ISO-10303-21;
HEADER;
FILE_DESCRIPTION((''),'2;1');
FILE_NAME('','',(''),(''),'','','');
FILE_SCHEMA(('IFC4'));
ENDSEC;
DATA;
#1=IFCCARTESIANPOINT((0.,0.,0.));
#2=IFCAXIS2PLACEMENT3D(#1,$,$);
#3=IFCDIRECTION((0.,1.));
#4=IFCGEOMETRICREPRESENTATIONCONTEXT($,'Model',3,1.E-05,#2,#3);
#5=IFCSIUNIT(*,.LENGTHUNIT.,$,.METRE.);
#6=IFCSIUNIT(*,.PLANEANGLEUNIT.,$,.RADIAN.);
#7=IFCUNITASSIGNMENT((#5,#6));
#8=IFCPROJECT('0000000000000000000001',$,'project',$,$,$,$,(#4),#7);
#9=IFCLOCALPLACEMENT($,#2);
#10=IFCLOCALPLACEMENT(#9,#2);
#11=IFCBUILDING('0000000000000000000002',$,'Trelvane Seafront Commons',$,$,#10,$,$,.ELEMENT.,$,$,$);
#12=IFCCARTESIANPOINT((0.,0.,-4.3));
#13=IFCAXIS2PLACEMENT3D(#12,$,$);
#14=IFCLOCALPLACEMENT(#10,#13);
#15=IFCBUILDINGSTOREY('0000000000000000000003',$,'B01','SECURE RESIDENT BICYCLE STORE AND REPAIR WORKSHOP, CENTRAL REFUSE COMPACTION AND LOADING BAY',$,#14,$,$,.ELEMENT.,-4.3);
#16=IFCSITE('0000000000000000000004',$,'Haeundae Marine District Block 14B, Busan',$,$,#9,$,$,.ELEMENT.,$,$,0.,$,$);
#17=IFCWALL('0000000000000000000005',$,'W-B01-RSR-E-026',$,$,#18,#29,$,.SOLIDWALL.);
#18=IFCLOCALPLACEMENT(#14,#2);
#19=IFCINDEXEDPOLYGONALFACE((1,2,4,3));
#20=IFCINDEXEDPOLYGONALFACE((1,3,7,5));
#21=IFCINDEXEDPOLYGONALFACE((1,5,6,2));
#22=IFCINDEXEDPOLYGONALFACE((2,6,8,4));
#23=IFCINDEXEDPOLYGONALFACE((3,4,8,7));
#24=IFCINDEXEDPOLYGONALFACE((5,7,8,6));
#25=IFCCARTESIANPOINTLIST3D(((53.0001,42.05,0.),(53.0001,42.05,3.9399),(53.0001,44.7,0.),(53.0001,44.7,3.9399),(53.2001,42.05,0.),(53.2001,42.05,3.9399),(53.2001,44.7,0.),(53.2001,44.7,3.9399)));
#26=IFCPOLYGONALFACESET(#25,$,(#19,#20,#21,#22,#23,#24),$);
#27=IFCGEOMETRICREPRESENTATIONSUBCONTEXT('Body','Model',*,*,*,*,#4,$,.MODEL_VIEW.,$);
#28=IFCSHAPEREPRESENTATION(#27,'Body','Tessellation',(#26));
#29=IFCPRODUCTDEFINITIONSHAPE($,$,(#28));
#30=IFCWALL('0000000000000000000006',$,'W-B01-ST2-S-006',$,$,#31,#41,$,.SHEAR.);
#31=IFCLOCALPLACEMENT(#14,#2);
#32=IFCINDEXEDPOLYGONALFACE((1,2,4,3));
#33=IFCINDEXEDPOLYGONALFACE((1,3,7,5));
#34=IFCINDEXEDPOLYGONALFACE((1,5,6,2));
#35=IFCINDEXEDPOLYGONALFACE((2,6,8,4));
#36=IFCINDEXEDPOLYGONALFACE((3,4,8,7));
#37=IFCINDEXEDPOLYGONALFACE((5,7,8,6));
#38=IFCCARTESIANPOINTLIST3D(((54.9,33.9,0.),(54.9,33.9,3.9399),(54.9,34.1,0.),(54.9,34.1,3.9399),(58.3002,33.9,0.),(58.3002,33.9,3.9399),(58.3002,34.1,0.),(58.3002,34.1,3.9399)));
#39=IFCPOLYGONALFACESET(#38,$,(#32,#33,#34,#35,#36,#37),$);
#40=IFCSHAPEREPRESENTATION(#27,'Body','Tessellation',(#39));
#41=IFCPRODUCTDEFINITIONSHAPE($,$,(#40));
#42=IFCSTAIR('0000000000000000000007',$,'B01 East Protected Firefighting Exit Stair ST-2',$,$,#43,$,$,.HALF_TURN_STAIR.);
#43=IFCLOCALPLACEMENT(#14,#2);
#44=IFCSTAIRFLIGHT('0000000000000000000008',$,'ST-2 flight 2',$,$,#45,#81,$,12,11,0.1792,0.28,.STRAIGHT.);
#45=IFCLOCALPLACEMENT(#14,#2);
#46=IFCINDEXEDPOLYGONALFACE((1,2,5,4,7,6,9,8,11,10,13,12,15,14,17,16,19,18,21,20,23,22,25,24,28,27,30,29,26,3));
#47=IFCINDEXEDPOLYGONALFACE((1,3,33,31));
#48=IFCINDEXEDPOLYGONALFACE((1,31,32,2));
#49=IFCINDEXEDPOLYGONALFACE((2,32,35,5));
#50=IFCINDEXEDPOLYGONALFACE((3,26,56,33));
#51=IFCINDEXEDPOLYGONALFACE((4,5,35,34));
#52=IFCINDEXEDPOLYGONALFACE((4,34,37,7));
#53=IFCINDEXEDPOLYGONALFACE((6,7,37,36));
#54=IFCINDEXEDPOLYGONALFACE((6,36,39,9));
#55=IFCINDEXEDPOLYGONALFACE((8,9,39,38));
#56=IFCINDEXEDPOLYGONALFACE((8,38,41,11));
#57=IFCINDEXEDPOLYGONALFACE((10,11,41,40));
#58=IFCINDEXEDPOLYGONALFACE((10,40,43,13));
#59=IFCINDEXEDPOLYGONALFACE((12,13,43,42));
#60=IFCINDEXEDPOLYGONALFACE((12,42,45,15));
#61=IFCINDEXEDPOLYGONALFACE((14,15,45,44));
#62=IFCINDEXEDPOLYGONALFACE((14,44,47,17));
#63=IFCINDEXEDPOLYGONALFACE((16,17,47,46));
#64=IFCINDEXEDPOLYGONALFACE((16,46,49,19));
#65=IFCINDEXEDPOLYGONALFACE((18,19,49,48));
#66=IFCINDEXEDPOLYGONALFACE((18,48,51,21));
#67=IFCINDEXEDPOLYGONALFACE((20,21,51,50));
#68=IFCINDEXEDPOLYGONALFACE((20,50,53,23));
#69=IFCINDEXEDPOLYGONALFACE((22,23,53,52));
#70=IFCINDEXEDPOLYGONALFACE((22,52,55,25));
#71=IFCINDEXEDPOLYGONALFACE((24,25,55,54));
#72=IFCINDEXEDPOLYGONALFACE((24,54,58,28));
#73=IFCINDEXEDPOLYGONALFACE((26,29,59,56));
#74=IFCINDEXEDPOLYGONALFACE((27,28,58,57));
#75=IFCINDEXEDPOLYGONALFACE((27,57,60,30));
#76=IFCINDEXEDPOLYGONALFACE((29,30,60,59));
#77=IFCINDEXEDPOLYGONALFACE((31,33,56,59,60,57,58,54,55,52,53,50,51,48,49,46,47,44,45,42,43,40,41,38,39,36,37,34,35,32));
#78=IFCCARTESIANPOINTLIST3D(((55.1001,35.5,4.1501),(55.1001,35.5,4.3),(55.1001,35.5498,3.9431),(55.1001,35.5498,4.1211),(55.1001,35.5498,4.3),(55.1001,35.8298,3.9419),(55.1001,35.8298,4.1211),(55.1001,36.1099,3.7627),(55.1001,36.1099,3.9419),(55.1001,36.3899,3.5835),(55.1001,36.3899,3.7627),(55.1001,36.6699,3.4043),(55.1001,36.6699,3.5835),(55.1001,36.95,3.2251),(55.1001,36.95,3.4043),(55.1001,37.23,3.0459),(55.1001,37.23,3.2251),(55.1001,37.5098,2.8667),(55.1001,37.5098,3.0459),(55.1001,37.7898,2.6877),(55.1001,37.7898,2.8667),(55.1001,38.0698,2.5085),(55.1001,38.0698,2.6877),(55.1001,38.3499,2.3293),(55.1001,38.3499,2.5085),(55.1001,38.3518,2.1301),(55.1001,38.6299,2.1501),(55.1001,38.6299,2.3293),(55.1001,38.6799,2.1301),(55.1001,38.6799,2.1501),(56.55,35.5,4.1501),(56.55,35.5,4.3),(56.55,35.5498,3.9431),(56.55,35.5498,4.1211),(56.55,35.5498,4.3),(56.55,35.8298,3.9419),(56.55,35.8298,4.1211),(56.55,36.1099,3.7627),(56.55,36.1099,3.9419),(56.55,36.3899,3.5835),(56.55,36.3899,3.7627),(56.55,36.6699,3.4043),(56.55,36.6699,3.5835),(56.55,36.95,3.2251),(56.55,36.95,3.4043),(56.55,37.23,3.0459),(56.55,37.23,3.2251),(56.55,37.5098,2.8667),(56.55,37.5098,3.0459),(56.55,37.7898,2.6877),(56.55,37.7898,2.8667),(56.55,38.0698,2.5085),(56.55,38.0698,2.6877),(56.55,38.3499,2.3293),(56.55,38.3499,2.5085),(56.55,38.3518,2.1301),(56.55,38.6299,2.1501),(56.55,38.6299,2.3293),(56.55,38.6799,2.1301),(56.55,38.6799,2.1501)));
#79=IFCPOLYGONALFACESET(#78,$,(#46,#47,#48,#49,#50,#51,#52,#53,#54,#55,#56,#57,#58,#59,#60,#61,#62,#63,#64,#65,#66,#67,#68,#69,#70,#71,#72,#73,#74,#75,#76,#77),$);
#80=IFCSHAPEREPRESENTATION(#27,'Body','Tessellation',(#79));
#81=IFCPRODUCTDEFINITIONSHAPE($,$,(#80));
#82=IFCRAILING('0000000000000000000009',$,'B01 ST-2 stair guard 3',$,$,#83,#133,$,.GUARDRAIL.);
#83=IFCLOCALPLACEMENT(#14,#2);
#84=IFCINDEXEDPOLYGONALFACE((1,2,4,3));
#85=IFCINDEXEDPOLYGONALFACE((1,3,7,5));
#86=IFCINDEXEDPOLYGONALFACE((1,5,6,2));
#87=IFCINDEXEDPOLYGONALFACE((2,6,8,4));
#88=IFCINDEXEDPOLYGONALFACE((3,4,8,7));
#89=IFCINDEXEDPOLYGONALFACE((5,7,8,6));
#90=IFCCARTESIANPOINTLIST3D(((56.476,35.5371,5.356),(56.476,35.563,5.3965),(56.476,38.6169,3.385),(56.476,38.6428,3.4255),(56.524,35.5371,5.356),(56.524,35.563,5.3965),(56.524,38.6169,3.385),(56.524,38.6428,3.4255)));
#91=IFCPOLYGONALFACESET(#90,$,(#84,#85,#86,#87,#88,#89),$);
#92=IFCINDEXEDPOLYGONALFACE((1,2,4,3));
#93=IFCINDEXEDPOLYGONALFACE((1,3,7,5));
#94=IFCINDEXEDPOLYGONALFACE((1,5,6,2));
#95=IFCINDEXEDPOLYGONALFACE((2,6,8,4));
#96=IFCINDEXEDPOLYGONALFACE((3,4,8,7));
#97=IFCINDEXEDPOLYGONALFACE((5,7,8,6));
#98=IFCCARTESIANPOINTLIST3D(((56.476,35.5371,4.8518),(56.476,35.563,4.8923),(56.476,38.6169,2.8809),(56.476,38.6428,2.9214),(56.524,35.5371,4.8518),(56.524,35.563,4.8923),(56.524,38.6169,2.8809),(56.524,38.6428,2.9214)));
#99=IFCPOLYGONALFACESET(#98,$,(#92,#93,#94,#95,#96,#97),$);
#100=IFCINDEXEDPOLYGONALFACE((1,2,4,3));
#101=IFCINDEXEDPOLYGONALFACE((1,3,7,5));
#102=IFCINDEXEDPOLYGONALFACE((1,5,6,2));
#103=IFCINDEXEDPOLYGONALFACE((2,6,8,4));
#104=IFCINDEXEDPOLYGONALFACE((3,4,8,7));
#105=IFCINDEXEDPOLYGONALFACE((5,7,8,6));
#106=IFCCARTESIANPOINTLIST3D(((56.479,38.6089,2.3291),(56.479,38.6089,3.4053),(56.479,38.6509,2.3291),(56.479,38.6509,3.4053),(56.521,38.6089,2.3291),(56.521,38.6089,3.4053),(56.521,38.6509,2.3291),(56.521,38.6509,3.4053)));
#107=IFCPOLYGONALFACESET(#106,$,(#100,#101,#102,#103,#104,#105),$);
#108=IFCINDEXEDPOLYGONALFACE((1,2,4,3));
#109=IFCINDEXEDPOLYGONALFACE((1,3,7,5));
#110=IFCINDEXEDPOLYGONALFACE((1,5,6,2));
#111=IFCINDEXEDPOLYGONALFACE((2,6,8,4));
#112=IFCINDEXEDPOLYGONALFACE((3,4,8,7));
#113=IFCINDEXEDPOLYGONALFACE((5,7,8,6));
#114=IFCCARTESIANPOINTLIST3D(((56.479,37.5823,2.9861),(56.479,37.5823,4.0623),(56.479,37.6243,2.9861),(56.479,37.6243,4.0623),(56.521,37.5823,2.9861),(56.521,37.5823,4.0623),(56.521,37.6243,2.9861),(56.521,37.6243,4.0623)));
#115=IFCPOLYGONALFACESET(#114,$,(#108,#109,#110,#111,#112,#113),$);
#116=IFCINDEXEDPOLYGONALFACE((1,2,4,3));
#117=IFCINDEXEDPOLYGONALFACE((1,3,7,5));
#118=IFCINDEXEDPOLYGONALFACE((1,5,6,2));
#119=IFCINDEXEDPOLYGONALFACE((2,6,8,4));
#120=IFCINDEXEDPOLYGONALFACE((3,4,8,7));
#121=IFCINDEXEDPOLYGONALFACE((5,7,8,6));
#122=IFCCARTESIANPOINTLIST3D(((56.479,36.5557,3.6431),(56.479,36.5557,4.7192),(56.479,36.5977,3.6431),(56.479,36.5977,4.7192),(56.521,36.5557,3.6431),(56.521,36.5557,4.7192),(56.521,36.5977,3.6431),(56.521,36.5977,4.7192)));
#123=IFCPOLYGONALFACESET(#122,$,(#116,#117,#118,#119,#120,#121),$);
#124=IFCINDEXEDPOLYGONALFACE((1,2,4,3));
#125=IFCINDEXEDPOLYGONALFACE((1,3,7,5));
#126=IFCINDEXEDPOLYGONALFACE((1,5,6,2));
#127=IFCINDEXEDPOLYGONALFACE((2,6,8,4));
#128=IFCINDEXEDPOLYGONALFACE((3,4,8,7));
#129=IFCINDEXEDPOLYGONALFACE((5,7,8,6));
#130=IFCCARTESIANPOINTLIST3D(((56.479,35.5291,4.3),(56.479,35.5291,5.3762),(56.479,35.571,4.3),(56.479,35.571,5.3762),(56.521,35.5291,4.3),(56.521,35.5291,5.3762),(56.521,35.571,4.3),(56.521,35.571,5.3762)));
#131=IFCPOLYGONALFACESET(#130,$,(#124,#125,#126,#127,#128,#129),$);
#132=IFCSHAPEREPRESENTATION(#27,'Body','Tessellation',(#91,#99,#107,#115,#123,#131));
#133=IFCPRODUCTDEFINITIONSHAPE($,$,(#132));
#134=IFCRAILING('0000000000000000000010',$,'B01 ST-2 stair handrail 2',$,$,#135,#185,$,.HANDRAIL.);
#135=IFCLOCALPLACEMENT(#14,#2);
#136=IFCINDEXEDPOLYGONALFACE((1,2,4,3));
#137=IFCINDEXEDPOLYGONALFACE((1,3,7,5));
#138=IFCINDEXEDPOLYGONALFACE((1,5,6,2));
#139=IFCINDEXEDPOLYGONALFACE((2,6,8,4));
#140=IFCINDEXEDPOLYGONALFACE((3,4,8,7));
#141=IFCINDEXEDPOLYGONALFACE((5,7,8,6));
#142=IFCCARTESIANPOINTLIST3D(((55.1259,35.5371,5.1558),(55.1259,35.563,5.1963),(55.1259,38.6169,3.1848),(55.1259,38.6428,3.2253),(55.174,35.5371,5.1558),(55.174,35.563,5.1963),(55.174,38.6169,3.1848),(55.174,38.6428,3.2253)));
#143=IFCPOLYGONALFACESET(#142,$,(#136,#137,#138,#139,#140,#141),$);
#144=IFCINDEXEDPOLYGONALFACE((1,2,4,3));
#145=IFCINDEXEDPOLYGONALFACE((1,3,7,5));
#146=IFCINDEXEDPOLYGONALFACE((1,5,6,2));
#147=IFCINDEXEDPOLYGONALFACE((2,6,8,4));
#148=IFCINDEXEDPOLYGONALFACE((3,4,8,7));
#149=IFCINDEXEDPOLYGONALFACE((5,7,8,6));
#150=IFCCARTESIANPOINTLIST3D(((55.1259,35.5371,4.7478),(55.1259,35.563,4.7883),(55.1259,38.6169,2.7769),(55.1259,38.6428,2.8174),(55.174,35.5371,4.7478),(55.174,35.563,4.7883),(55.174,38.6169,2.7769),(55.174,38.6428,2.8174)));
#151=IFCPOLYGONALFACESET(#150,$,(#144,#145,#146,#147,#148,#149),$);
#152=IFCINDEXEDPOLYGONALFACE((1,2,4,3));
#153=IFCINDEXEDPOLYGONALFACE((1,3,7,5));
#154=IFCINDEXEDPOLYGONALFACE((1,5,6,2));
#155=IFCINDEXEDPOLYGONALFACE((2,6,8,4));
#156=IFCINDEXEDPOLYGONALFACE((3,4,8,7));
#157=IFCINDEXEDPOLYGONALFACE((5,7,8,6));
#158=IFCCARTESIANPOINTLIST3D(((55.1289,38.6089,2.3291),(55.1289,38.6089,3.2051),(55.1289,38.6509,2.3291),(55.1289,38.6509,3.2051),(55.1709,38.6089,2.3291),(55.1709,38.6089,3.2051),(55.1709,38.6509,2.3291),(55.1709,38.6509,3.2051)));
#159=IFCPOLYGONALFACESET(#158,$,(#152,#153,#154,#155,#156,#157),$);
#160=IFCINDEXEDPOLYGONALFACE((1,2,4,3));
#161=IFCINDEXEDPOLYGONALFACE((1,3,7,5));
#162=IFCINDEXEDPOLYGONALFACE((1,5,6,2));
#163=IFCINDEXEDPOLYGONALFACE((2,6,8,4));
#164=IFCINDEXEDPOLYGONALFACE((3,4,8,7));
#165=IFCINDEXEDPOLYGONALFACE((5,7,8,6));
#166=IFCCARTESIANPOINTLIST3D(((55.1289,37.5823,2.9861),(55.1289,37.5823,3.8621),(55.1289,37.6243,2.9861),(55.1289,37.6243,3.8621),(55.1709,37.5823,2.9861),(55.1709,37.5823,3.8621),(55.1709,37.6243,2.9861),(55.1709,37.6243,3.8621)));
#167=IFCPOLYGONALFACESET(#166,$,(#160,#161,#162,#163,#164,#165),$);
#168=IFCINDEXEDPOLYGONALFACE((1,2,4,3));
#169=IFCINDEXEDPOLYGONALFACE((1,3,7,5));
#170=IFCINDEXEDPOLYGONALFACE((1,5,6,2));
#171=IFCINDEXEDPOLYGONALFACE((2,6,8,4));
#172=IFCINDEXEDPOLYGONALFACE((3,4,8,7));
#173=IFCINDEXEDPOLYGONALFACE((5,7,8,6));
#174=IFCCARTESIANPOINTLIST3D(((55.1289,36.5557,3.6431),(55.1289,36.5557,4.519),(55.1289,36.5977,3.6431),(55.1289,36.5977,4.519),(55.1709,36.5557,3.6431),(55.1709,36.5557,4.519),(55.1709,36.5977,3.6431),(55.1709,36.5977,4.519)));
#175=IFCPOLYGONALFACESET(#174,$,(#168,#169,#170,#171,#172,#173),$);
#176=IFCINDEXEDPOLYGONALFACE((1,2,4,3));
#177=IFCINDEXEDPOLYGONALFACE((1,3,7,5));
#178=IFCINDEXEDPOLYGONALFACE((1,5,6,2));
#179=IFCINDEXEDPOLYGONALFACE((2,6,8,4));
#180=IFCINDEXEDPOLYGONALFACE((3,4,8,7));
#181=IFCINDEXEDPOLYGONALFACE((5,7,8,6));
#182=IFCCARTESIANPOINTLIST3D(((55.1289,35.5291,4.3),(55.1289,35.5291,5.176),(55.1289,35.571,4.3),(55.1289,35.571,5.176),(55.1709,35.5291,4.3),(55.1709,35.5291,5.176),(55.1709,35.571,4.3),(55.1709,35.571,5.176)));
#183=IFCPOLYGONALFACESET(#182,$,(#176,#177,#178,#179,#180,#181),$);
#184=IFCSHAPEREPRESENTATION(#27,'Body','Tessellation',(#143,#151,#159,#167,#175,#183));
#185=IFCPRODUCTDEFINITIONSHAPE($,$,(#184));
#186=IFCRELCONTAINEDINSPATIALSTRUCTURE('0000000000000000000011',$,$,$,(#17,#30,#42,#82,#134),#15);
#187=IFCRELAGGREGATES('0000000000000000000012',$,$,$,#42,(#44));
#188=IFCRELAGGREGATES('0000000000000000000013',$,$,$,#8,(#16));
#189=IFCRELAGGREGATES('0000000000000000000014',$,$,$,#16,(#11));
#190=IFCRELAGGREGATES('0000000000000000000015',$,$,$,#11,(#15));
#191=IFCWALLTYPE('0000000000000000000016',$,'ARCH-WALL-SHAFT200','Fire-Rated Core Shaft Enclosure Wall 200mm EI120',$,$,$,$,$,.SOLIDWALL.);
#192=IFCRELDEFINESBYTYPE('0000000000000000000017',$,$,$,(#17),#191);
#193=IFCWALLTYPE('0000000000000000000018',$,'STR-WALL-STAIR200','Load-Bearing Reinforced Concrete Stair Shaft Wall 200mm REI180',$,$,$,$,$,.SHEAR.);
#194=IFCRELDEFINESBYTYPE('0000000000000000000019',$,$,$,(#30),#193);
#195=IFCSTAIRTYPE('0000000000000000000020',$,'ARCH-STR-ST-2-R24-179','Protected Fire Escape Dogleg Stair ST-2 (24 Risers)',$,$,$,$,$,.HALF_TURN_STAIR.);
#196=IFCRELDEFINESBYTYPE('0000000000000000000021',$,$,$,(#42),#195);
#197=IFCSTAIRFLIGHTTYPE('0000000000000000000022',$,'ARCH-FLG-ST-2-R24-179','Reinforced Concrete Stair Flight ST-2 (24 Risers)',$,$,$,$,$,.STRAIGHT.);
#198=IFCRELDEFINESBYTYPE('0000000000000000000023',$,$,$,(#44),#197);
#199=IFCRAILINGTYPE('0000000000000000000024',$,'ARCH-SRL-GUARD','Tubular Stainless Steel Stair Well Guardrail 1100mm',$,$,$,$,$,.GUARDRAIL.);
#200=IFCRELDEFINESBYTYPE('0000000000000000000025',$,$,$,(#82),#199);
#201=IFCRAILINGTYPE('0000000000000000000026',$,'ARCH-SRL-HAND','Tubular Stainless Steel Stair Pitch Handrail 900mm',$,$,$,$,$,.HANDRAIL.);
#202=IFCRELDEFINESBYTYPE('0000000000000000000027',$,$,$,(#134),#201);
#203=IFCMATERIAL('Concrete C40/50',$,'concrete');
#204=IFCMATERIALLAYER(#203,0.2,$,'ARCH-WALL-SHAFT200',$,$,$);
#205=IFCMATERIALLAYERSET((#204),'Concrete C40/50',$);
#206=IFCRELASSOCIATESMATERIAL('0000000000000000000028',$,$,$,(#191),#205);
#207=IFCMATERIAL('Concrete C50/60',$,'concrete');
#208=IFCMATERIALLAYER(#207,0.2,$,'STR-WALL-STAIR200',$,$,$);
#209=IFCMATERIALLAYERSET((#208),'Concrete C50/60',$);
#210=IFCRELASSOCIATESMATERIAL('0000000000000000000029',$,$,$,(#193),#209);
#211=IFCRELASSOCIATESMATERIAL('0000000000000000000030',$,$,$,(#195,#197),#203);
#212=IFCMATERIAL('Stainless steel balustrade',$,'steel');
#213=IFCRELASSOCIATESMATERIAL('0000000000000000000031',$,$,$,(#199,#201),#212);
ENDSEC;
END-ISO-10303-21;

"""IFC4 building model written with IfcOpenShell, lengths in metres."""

from ifc_helpers import new_model, si_unit, direction, frame, frame_2d, origin, origin_2d, place, context, subcontext, project, spatial, polyline, rectangle, outline, extrude, source, transform, mapped, material, layer, layer_set, type_object, element, aggregate, save


model = new_model("IFC4")

# Units and contexts
model_context = context("Model", 3, precision=1e-05, world=origin(), true_north=direction((0.0, 1.0)))
body_context = subcontext(model_context, "Body", "Model", "MODEL_VIEW")
ifc_project = project(units=[si_unit("LENGTHUNIT", "METRE"), si_unit("PLANEANGLEUNIT", "RADIAN")], contexts=[model_context])

# Site, building, storey
site_placement = place(None, origin())
site = spatial("IfcSite", under=ifc_project, at=site_placement, Name="Haeundae Marine District Block 14B, Busan", CompositionType="ELEMENT", RefElevation=0.0)
building_placement = place(site_placement, origin())
building = spatial("IfcBuilding", under=site, at=building_placement, Name="Trelvane Seafront Commons", CompositionType="ELEMENT")
storey_placement = place(building_placement, frame((0.0, 0.0, -4.3)))
storey = spatial("IfcBuildingStorey", under=building, at=storey_placement, Name="B01", Description="SECURE RESIDENT BICYCLE STORE AND REPAIR WORKSHOP, CENTRAL REFUSE COMPACTION AND LOADING BAY", CompositionType="ELEMENT", Elevation=-4.3)

# Shared definitions
ifc_material_1 = material(Name="Concrete C50/60", Category="concrete")

# Shared definitions
ifc_material_2 = material(Name="Concrete C40/50", Category="concrete")

# Shared definitions
ifc_layer_1 = layer(ifc_material_2, 0.2, Name="ARCH-WALL-SHAFT200")
ifc_layer_set_1 = layer_set([ifc_layer_1], Name="Concrete C40/50")
wall_type_1 = type_object("IfcWallType", Name="ARCH-WALL-SHAFT200", Description="Fire-Rated Core Shaft Enclosure Wall 200mm EI120", PredefinedType="SOLIDWALL", material=ifc_layer_set_1)

# Walls
for number, where, z_axis, x_axis, name in (
    (1, (53.1001, 42.05, 0.0), (0.0, 0.0, 1.0), (0.0, 1.0, 0.0), "W-B01-RSR-E-026"),
):
    element("IfcWall", number, at=place(storey_placement, frame(where, z_axis=z_axis, x_axis=x_axis)), inside=storey, type_object=wall_type_1, Name=name, PredefinedType="SOLIDWALL", context=body_context, shape_type="SweptSolid", body=[
        extrude(rectangle(XDim=2.6499, YDim=0.2, at=frame_2d((1.325, 0.0))), origin(), (0.0, 0.0, 1.0), 3.9399),
    ])
ifc_layer_2 = layer(ifc_material_1, 0.2, Name="STR-WALL-STAIR200")
ifc_layer_set_2 = layer_set([ifc_layer_2], Name="Concrete C50/60")
wall_type_2 = type_object("IfcWallType", Name="STR-WALL-STAIR200", Description="Load-Bearing Reinforced Concrete Stair Shaft Wall 200mm REI180", PredefinedType="SHEAR", material=ifc_layer_set_2)
wall_1_placement = place(storey_placement, frame((54.8999, 34.0, 0.0), z_axis=(0.0, 0.0, 1.0), x_axis=(1.0, 0.0, 0.0)))
element("IfcWall", 2, at=wall_1_placement, inside=storey, type_object=wall_type_2, Name="W-B01-ST2-S-006", PredefinedType="SHEAR", context=body_context, shape_type="SweptSolid", body=[
    extrude(rectangle(XDim=3.4001, YDim=0.2, at=frame_2d((1.7002, 0.0))), origin(), (0.0, 0.0, 1.0), 3.9399),
])

# Stair, stair flight
stair_type = type_object("IfcStairType", Name="ARCH-STR-ST-2-R24-179", Description="Protected Fire Escape Dogleg Stair ST-2 (24 Risers)", PredefinedType="HALF_TURN_STAIR", material=ifc_material_2)
stair_placement = place(storey_placement, origin())
stair = element("IfcStair", 3, at=stair_placement, inside=storey, type_object=stair_type, Name="B01 East Protected Firefighting Exit Stair ST-2", PredefinedType="HALF_TURN_STAIR")
stair_flight_type = type_object("IfcStairFlightType", Name="ARCH-FLG-ST-2-R24-179", Description="Reinforced Concrete Stair Flight ST-2 (24 Risers)", PredefinedType="STRAIGHT", material=ifc_material_2)
shared_shape_1 = source(origin(), body_context, "Body", "SweptSolid", [
    extrude(outline(polyline([(-0.05, -0.02), (-0.05, 0.0), (0.0, 0.0), (0.0, 0.1792), (0.28, 0.1792), (0.28, 0.3584), (0.5601, 0.3584), (0.5601, 0.5376), (0.8401, 0.5376), (0.8401, 0.7166), (1.1201, 0.7166), (1.1201, 0.8958), (1.3999, 0.8958), (1.3999, 1.075), (1.6799, 1.075), (1.6799, 1.2542), (1.96, 1.2542), (1.96, 1.4333), (2.24, 1.4333), (2.24, 1.6125), (2.52, 1.6125), (2.52, 1.7917), (2.8, 1.7917), (2.8, 1.9709), (3.0801, 1.9709), (3.0801, 2.1499), (3.1299, 2.1499), (3.1299, 2.0), (3.0801, 1.793), (0.2781, -0.02), (-0.05, -0.02)])), frame((0.0, 0.7251, 0.0), z_axis=(0.0, -1.0, 0.0), x_axis=(1.0, 0.0, 0.0)), (0.0, 0.0, 1.0), 1.45),
])
stair_flight_placement = place(storey_placement, frame((55.825, 38.6299, 2.1501), z_axis=(0.0, 0.0, 1.0), x_axis=(0.0, -1.0, 0.0)))
stair_flight = element("IfcStairFlight", 4, at=stair_flight_placement, type_object=stair_flight_type, Name="ST-2 flight 2", NumberOfRisers=12, NumberOfTreads=11, PredefinedType="STRAIGHT", RiserHeight=0.1792, TreadLength=0.28, context=body_context, shape_type="MappedRepresentation", body=[
    mapped(shared_shape_1, transform((0.0, 0.0, 0.0), x_axis=(1.0, 0.0, 0.0), y_axis=(0.0, 1.0, 0.0), z_axis=(0.0, 0.0, 1.0), scale=1.0)),
])
aggregate(stair, [stair_flight])

# Railings
ifc_material_3 = material(Name="Stainless steel balustrade", Category="steel")
railing_type_1 = type_object("IfcRailingType", Name="ARCH-SRL-GUARD", Description="Tubular Stainless Steel Stair Well Guardrail 1100mm", PredefinedType="GUARDRAIL", material=ifc_material_3)
railing_1_placement = place(storey_placement, frame((56.5, 38.6299, 2.3291)))
element("IfcRailing", 5, at=railing_1_placement, inside=storey, type_object=railing_type_1, Name="B01 ST-2 stair guard 3", PredefinedType="GUARDRAIL", context=body_context, shape_type="SweptSolid", body=[
    extrude(rectangle(XDim=0.0481, YDim=0.0481, at=origin_2d()), frame((0.0, 0.0, 1.0762), z_axis=(0.0, -0.84229, 0.539025), x_axis=(1.0, 0.0, 0.0)), (0.0, 0.0, 1.0), 3.6565),
    extrude(rectangle(XDim=0.0481, YDim=0.0481, at=origin_2d()), frame((0.0, 0.0, 0.572), z_axis=(0.0, -0.84229, 0.539025), x_axis=(1.0, 0.0, 0.0)), (0.0, 0.0, 1.0), 3.6565),
    extrude(rectangle(XDim=0.042, YDim=0.042, at=origin_2d()), origin(), (0.0, 0.0, 1.0), 1.0762),
    extrude(rectangle(XDim=0.042, YDim=0.042, at=origin_2d()), frame((0.0, -1.0266, 0.657)), (0.0, 0.0, 1.0), 1.0762),
    extrude(rectangle(XDim=0.042, YDim=0.042, at=origin_2d()), frame((0.0, -2.0532, 1.314)), (0.0, 0.0, 1.0), 1.0762),
    extrude(rectangle(XDim=0.042, YDim=0.042, at=origin_2d()), frame((0.0, -3.0798, 1.9709)), (0.0, 0.0, 1.0), 1.0762),
])
railing_type_2 = type_object("IfcRailingType", Name="ARCH-SRL-HAND", Description="Tubular Stainless Steel Stair Pitch Handrail 900mm", PredefinedType="HANDRAIL", material=ifc_material_3)
railing_2_placement = place(storey_placement, frame((55.1499, 38.6299, 2.3291)))
element("IfcRailing", 6, at=railing_2_placement, inside=storey, type_object=railing_type_2, Name="B01 ST-2 stair handrail 2", PredefinedType="HANDRAIL", context=body_context, shape_type="SweptSolid", body=[
    extrude(rectangle(XDim=0.0481, YDim=0.0481, at=origin_2d()), frame((0.0, 0.0, 0.876), z_axis=(0.0, -0.84229, 0.539025), x_axis=(1.0, 0.0, 0.0)), (0.0, 0.0, 1.0), 3.6565),
    extrude(rectangle(XDim=0.0481, YDim=0.0481, at=origin_2d()), frame((0.0, 0.0, 0.468), z_axis=(0.0, -0.84229, 0.539025), x_axis=(1.0, 0.0, 0.0)), (0.0, 0.0, 1.0), 3.6565),
    extrude(rectangle(XDim=0.042, YDim=0.042, at=origin_2d()), origin(), (0.0, 0.0, 1.0), 0.876),
    extrude(rectangle(XDim=0.042, YDim=0.042, at=origin_2d()), frame((0.0, -1.0266, 0.657)), (0.0, 0.0, 1.0), 0.876),
    extrude(rectangle(XDim=0.042, YDim=0.042, at=origin_2d()), frame((0.0, -2.0532, 1.314)), (0.0, 0.0, 1.0), 0.876),
    extrude(rectangle(XDim=0.042, YDim=0.042, at=origin_2d()), frame((0.0, -3.0798, 1.9709)), (0.0, 0.0, 1.0), 0.876),
])

save(model, "model.ifc")
